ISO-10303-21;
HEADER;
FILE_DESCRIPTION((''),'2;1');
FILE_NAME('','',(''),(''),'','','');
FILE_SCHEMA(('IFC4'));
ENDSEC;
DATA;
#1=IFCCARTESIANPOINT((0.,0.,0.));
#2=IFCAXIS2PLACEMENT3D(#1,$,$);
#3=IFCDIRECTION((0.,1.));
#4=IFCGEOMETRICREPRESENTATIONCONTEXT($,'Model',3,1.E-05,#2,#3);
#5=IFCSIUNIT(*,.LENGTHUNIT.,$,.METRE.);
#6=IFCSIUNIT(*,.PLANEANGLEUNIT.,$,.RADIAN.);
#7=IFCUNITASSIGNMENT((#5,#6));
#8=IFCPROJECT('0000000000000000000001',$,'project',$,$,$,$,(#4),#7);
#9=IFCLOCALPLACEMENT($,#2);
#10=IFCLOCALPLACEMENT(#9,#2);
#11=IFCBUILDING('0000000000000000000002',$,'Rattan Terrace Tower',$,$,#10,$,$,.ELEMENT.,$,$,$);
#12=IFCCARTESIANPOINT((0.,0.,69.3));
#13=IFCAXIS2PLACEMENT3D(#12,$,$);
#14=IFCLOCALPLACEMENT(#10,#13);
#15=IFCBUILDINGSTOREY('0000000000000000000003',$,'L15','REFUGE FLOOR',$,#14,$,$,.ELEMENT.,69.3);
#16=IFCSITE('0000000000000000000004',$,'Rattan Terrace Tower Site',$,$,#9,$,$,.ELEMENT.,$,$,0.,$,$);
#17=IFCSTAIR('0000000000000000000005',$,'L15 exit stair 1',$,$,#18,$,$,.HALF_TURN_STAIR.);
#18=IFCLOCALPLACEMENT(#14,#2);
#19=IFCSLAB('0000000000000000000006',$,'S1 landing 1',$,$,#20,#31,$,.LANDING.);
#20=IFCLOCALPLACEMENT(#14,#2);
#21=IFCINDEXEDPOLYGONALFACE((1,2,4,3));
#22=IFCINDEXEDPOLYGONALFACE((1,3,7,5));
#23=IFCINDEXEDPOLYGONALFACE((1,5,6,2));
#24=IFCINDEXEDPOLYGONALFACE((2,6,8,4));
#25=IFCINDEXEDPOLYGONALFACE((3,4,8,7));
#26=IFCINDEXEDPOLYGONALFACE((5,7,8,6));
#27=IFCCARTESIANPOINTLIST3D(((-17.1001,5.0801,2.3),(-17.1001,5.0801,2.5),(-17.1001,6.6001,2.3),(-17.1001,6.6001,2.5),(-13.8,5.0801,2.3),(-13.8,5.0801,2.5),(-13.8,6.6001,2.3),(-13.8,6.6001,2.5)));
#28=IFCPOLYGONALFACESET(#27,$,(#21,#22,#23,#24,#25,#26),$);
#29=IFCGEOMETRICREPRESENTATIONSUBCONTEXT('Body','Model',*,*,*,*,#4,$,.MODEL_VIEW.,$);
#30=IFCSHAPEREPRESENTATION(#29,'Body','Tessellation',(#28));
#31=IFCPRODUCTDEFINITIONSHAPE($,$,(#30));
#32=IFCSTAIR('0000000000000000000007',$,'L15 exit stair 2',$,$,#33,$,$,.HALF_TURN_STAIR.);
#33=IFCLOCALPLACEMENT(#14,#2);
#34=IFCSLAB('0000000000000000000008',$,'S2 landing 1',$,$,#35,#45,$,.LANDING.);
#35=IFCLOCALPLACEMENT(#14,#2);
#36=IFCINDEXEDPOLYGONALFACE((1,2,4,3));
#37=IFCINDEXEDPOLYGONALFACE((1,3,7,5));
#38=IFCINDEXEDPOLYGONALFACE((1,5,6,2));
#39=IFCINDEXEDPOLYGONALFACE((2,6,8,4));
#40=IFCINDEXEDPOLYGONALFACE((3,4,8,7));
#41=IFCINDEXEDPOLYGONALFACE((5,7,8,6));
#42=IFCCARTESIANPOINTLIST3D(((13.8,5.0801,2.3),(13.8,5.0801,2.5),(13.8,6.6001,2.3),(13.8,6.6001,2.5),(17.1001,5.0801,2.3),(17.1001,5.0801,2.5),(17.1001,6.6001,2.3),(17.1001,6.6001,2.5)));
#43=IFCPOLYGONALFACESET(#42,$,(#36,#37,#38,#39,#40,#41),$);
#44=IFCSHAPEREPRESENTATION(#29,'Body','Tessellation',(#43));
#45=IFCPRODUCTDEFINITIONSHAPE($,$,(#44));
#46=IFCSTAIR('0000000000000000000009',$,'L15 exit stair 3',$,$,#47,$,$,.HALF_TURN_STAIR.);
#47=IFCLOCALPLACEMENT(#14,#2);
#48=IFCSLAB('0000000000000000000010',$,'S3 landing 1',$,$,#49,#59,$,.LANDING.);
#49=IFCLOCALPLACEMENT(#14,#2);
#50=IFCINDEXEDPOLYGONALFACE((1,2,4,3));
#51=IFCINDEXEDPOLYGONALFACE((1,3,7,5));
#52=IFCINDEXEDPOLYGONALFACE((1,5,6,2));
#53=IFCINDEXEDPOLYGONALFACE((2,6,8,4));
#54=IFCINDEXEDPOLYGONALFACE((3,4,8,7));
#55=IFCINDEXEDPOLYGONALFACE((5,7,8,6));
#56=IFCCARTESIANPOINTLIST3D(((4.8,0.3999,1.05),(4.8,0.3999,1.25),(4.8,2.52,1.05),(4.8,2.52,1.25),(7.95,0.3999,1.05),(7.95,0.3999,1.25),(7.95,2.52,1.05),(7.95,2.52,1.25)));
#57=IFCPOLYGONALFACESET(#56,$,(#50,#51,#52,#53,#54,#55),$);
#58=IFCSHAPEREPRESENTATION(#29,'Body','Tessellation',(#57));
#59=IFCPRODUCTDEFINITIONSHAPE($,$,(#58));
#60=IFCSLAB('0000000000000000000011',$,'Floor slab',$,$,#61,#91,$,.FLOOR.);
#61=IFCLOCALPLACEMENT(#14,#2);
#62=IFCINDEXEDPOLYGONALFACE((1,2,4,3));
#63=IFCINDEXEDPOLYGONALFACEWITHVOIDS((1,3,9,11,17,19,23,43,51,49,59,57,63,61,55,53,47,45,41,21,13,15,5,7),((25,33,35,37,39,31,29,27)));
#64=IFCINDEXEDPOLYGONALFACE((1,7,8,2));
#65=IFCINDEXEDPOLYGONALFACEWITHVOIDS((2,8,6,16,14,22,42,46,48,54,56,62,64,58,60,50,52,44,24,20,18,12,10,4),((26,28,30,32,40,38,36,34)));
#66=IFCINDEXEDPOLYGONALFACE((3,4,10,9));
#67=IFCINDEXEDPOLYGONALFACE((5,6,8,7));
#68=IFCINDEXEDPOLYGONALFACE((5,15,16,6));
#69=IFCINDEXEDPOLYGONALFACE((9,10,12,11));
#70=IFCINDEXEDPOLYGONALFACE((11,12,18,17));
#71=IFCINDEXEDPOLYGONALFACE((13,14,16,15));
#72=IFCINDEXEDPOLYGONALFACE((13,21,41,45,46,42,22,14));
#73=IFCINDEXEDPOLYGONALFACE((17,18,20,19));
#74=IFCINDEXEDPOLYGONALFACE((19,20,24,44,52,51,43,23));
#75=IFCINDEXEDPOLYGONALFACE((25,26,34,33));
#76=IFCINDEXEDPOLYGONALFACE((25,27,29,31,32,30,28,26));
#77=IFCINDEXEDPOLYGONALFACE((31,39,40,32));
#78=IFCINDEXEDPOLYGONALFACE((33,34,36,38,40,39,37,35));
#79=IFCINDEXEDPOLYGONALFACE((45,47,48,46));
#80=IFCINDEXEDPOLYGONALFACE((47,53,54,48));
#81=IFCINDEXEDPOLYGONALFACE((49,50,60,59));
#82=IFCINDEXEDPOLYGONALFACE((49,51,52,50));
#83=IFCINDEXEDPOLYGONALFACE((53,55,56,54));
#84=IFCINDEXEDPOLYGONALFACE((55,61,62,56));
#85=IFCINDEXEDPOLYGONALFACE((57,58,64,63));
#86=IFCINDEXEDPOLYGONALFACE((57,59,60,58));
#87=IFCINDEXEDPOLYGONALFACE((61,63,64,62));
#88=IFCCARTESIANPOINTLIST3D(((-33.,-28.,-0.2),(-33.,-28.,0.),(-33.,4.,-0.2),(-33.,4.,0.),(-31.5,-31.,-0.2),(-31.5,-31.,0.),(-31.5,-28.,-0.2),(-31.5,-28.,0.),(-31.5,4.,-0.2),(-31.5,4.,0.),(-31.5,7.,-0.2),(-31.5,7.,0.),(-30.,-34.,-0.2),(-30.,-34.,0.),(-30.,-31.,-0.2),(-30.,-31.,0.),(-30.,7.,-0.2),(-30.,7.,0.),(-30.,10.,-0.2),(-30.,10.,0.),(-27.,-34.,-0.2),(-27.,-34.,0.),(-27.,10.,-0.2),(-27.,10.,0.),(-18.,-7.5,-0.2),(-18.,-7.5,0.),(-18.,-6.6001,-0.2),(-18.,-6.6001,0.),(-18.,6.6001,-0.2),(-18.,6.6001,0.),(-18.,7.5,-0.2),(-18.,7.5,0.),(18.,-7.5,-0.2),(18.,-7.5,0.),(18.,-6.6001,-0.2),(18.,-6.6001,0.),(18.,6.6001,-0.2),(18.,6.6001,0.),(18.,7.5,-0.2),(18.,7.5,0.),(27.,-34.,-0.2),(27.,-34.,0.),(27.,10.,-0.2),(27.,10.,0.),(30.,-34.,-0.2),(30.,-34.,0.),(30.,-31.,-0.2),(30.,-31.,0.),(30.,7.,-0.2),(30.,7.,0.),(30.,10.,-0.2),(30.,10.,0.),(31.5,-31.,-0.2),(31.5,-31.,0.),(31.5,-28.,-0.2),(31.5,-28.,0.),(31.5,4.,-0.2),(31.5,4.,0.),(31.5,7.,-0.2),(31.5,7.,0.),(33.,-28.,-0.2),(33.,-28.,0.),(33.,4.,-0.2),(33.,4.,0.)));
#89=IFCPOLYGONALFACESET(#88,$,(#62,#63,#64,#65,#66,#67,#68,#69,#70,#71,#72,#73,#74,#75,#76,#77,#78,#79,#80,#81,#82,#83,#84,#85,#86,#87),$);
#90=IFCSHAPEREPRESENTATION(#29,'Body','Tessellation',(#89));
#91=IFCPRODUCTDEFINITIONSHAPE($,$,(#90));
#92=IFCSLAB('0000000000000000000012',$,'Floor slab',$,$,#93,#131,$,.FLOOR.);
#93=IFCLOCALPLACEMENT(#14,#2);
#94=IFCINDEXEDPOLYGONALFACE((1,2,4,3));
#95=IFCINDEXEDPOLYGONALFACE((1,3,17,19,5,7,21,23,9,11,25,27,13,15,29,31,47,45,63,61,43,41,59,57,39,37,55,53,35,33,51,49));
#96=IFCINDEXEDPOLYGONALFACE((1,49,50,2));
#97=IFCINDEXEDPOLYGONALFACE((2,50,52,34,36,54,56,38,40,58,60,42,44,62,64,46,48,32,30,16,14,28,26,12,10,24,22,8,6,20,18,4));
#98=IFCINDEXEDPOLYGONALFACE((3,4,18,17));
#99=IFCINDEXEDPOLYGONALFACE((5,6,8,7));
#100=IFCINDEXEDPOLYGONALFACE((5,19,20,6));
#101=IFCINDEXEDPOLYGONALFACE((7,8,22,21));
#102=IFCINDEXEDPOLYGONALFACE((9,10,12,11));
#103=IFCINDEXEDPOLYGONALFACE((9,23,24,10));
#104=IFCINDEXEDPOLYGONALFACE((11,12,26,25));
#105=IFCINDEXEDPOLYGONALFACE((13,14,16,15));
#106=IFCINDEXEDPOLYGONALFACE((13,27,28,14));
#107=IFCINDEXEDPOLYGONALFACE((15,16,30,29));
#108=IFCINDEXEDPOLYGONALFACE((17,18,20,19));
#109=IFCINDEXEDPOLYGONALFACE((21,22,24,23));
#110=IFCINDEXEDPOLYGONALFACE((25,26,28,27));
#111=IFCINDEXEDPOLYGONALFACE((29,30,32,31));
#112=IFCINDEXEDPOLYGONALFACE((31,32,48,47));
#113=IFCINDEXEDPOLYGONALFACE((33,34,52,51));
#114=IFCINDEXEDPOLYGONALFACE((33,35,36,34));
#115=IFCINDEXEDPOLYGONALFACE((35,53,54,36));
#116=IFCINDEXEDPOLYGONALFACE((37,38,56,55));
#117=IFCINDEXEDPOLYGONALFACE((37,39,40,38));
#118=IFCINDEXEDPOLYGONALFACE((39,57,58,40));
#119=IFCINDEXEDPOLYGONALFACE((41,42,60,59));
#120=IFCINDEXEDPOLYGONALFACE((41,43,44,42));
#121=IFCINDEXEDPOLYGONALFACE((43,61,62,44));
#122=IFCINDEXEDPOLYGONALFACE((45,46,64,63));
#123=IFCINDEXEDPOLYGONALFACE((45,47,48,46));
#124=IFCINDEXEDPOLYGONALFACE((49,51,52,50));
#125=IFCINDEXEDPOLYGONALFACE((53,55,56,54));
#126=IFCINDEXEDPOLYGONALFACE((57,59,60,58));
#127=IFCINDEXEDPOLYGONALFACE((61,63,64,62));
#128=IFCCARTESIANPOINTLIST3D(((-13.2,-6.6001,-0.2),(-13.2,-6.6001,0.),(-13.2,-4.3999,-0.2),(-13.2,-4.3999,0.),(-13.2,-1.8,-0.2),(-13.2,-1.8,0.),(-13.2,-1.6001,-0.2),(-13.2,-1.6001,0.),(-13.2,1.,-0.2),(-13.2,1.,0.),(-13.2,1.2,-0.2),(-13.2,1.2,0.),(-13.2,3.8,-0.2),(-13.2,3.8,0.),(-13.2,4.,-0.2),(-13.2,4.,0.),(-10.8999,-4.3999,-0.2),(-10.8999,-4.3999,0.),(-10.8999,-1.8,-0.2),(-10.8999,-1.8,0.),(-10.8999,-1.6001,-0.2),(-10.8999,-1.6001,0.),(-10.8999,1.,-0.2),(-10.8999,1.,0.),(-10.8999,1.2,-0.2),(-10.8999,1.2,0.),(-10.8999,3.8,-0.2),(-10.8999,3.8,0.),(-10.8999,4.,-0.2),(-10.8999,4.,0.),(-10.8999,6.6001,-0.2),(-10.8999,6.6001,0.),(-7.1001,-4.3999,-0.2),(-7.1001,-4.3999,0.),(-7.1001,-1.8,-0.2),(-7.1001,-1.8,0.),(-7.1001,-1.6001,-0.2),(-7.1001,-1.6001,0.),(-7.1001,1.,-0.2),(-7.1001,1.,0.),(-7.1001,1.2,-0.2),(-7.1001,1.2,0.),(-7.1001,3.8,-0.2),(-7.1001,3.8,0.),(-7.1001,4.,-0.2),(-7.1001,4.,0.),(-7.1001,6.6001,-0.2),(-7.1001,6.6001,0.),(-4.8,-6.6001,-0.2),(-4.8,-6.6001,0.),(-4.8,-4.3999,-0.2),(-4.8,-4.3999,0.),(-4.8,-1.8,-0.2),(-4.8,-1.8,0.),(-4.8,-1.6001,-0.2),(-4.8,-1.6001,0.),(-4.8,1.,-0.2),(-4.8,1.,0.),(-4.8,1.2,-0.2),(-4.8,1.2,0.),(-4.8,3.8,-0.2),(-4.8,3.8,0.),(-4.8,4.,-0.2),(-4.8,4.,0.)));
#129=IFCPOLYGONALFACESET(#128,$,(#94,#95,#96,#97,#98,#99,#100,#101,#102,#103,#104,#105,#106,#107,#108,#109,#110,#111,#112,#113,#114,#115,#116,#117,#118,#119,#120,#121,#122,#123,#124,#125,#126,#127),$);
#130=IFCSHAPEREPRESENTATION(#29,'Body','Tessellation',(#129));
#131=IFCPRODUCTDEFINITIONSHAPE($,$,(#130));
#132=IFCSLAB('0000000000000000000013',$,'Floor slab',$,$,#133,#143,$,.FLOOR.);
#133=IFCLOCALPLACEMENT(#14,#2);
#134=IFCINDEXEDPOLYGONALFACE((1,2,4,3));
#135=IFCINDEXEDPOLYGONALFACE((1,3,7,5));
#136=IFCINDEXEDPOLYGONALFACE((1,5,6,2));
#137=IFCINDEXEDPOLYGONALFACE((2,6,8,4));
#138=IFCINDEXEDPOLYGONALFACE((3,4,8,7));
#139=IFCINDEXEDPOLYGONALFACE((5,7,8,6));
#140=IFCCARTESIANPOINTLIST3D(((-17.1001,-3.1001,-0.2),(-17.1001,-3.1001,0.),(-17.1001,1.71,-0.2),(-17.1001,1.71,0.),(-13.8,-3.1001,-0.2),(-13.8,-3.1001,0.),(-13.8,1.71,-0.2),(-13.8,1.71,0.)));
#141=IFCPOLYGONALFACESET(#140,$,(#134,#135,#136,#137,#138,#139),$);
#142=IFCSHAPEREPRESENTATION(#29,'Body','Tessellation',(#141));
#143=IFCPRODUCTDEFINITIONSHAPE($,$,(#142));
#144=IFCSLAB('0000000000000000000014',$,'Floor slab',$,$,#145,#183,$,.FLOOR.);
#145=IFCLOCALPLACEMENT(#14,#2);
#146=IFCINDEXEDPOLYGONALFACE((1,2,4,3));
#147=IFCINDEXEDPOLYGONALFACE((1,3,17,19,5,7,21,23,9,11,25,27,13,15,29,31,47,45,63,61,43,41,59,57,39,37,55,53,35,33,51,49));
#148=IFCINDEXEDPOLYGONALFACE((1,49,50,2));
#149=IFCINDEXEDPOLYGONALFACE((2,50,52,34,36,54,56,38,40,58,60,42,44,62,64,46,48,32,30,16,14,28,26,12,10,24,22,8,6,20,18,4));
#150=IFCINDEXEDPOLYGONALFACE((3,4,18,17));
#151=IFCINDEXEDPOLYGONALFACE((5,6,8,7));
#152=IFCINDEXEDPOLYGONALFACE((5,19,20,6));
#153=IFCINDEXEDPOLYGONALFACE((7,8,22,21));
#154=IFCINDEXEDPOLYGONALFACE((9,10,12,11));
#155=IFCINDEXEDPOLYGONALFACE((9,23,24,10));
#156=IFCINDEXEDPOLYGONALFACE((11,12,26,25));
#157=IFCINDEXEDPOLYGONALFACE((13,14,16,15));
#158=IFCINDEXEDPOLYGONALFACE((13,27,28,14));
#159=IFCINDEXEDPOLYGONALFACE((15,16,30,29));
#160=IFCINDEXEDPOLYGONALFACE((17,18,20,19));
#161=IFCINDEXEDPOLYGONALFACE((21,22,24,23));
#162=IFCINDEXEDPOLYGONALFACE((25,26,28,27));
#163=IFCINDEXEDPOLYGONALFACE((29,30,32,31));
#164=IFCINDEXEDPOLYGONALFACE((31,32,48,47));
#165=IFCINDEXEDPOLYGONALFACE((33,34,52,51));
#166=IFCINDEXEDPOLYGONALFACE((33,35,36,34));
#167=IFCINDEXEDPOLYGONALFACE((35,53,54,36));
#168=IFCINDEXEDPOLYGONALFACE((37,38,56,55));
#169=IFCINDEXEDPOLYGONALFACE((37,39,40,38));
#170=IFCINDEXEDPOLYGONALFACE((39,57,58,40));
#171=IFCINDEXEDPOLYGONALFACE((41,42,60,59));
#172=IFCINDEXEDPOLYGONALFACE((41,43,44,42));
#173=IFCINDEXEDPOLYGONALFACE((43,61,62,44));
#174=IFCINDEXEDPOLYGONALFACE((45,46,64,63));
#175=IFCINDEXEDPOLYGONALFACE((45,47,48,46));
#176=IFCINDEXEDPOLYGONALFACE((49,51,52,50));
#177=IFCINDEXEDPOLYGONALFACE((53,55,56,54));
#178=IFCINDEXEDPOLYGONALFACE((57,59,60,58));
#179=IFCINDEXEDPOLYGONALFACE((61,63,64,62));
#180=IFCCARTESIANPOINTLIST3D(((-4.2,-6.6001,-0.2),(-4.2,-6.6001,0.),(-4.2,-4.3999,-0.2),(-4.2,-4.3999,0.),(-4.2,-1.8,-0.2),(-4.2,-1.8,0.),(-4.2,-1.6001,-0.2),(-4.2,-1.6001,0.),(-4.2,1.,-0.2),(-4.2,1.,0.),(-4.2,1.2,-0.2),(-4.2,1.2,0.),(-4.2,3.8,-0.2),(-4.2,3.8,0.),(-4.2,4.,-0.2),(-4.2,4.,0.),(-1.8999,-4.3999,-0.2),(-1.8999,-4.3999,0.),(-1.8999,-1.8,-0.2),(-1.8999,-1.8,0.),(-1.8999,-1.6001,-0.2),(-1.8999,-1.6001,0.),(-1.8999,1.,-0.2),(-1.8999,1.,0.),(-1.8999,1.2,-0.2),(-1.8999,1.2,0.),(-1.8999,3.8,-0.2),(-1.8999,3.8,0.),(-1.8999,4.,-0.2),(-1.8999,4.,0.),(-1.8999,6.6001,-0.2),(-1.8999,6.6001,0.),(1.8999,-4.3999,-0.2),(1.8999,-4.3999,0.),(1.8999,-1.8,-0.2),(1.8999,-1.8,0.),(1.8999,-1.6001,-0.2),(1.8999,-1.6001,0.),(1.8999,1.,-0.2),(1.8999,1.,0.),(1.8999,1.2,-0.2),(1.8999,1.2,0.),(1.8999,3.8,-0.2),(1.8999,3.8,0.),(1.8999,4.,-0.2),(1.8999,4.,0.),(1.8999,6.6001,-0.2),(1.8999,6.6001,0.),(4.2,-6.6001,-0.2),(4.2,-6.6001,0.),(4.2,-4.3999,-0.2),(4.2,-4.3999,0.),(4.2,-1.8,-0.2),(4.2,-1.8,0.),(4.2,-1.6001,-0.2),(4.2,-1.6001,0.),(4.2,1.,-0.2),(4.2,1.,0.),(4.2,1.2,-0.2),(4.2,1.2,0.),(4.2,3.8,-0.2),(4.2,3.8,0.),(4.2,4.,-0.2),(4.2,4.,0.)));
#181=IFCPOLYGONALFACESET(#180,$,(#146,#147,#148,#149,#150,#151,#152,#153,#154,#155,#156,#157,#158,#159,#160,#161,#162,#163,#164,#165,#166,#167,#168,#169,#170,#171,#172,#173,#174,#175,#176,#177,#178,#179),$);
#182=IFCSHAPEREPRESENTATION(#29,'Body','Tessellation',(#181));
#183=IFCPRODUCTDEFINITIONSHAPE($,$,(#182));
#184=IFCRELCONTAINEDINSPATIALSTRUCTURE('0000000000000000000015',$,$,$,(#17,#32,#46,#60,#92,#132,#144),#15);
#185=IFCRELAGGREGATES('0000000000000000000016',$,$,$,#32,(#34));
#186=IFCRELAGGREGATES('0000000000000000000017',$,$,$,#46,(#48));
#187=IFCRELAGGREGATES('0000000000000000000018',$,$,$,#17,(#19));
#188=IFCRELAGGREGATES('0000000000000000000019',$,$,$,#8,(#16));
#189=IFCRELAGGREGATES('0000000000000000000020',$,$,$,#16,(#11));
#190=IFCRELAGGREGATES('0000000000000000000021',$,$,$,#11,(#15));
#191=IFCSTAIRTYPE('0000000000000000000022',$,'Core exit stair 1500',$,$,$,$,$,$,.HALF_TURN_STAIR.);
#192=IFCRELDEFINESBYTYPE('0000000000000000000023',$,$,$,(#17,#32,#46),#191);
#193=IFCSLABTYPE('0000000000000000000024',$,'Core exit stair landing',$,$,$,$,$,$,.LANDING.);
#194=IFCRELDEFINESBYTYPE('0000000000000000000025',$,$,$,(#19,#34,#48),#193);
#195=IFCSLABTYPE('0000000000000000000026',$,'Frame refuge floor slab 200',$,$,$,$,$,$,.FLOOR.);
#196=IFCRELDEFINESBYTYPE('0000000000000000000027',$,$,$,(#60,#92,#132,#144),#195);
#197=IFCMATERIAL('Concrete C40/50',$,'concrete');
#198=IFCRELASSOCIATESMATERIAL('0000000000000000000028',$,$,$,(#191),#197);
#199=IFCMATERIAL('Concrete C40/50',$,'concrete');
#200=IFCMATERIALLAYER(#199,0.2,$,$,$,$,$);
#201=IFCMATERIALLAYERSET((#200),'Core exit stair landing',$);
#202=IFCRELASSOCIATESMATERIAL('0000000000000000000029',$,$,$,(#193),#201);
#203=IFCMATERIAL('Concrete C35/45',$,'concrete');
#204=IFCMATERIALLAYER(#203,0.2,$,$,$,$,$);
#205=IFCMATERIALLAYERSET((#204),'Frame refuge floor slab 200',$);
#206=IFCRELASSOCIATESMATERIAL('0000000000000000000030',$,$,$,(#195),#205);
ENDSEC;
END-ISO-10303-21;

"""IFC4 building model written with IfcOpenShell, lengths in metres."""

from ifc_helpers import new_model, si_unit, direction, frame, origin, place, context, subcontext, project, spatial, polyline, outline, extrude, material, layer, layer_set, type_object, element, aggregate, save


model = new_model("IFC4")

# Units and contexts
model_context = context("Model", 3, precision=1e-05, world=origin(), true_north=direction((0.0, 1.0)))
body_context = subcontext(model_context, "Body", "Model", "MODEL_VIEW")
ifc_project = project(units=[si_unit("LENGTHUNIT", "METRE"), si_unit("PLANEANGLEUNIT", "RADIAN")], contexts=[model_context])

# Site, building, storey
site_placement = place(None, origin())
site = spatial("IfcSite", under=ifc_project, at=site_placement, Name="Rattan Terrace Tower Site", CompositionType="ELEMENT", RefElevation=0.0)
building_placement = place(site_placement, origin())
building = spatial("IfcBuilding", under=site, at=building_placement, Name="Rattan Terrace Tower", CompositionType="ELEMENT")
storey_placement = place(building_placement, frame((0.0, 0.0, 69.3)))
storey = spatial("IfcBuildingStorey", under=building, at=storey_placement, Name="L15", Description="REFUGE FLOOR", CompositionType="ELEMENT", Elevation=69.3)

# Stairs, slabs
ifc_material_1 = material(Name="Concrete C40/50", Category="concrete")
stair_type = type_object("IfcStairType", Name="Core exit stair 1500", PredefinedType="HALF_TURN_STAIR", material=ifc_material_1)
stair_1_placement = place(storey_placement, origin())
stair_1 = element("IfcStair", 1, at=stair_1_placement, inside=storey, type_object=stair_type, Name="L15 exit stair 1", PredefinedType="HALF_TURN_STAIR")
ifc_material_2 = material(Name="Concrete C40/50", Category="concrete")
ifc_layer_1 = layer(ifc_material_2, 0.2)
ifc_layer_set_1 = layer_set([ifc_layer_1], Name="Core exit stair landing")
slab_type_1 = type_object("IfcSlabType", Name="Core exit stair landing", PredefinedType="LANDING", material=ifc_layer_set_1)
slab_1_placement = place(storey_placement, frame((0.0, 0.0, 2.3)))
slab_1 = element("IfcSlab", 2, at=slab_1_placement, type_object=slab_type_1, Name="S1 landing 1", PredefinedType="LANDING", context=body_context, shape_type="SweptSolid", body=[
    extrude(outline(polyline([(-13.8, 5.0801), (-13.8, 6.6001), (-17.1001, 6.6001), (-17.1001, 5.0801), (-13.8, 5.0801)])), origin(), (0.0, 0.0, 1.0), 0.2),
])
stair_2_placement = place(storey_placement, origin())
stair_2 = element("IfcStair", 3, at=stair_2_placement, inside=storey, type_object=stair_type, Name="L15 exit stair 2", PredefinedType="HALF_TURN_STAIR")
slab_2_placement = place(storey_placement, frame((0.0, 0.0, 2.3)))
slab_2 = element("IfcSlab", 4, at=slab_2_placement, type_object=slab_type_1, Name="S2 landing 1", PredefinedType="LANDING", context=body_context, shape_type="SweptSolid", body=[
    extrude(outline(polyline([(17.1001, 5.0801), (17.1001, 6.6001), (13.8, 6.6001), (13.8, 5.0801), (17.1001, 5.0801)])), origin(), (0.0, 0.0, 1.0), 0.2),
])
aggregate(stair_2, [slab_2])
stair_3_placement = place(storey_placement, origin())
stair_3 = element("IfcStair", 5, at=stair_3_placement, inside=storey, type_object=stair_type, Name="L15 exit stair 3", PredefinedType="HALF_TURN_STAIR")
slab_3_placement = place(storey_placement, frame((0.0, 0.0, 1.05)))
slab_3 = element("IfcSlab", 6, at=slab_3_placement, type_object=slab_type_1, Name="S3 landing 1", PredefinedType="LANDING", context=body_context, shape_type="SweptSolid", body=[
    extrude(outline(polyline([(4.8, 2.52), (4.8, 0.3999), (7.95, 0.3999), (7.95, 2.52), (4.8, 2.52)])), origin(), (0.0, 0.0, 1.0), 0.2),
])
aggregate(stair_3, [slab_3])

# Slabs
ifc_material_3 = material(Name="Concrete C35/45", Category="concrete")
ifc_layer_2 = layer(ifc_material_3, 0.2)
ifc_layer_set_2 = layer_set([ifc_layer_2], Name="Frame refuge floor slab 200")
slab_type_2 = type_object("IfcSlabType", Name="Frame refuge floor slab 200", PredefinedType="FLOOR", material=ifc_layer_set_2)
slab_4_placement = place(storey_placement, frame((0.0, 0.0, -0.2)))
element("IfcSlab", 7, at=slab_4_placement, inside=storey, type_object=slab_type_2, Name="Floor slab", PredefinedType="FLOOR", context=body_context, shape_type="SweptSolid", body=[
    extrude(outline(polyline([(-27.0, -34.0), (27.0, -34.0), (30.0, -34.0), (30.0, -31.0), (31.5, -31.0), (31.5, -28.0), (33.0, -28.0), (33.0, 4.0), (31.5, 4.0), (31.5, 7.0), (30.0, 7.0), (30.0, 10.0), (27.0, 10.0), (-27.0, 10.0), (-30.0, 10.0), (-30.0, 7.0), (-31.5, 7.0), (-31.5, 4.0), (-33.0, 4.0), (-33.0, -28.0), (-31.5, -28.0), (-31.5, -31.0), (-30.0, -31.0), (-30.0, -34.0), (-27.0, -34.0)]), holes=[polyline([(-18.0, -6.6001), (-18.0, -7.5), (18.0, -7.5), (18.0, -6.6001), (18.0, 6.6001), (18.0, 7.5), (-18.0, 7.5), (-18.0, 6.6001), (-18.0, -6.6001)])]), origin(), (0.0, 0.0, 1.0), 0.2),
])
slab_5_placement = place(storey_placement, frame((0.0, 0.0, -0.2)))
element("IfcSlab", 8, at=slab_5_placement, inside=storey, type_object=slab_type_2, Name="Floor slab", PredefinedType="FLOOR", context=body_context, shape_type="SweptSolid", body=[
    extrude(outline(polyline([(-10.8999, 6.6001), (-10.8999, 4.0), (-13.2, 4.0), (-13.2, 3.8), (-10.8999, 3.8), (-10.8999, 1.2), (-13.2, 1.2), (-13.2, 1.0), (-10.8999, 1.0), (-10.8999, -1.6001), (-13.2, -1.6001), (-13.2, -1.8), (-10.8999, -1.8), (-10.8999, -4.3999), (-13.2, -4.3999), (-13.2, -6.6001), (-4.8, -6.6001), (-4.8, -4.3999), (-7.1001, -4.3999), (-7.1001, -1.8), (-4.8, -1.8), (-4.8, -1.6001), (-7.1001, -1.6001), (-7.1001, 1.0), (-4.8, 1.0), (-4.8, 1.2), (-7.1001, 1.2), (-7.1001, 3.8), (-4.8, 3.8), (-4.8, 4.0), (-7.1001, 4.0), (-7.1001, 6.6001), (-10.8999, 6.6001)])), origin(), (0.0, 0.0, 1.0), 0.2),
])
slab_6_placement = place(storey_placement, frame((0.0, 0.0, -0.2)))
element("IfcSlab", 9, at=slab_6_placement, inside=storey, type_object=slab_type_2, Name="Floor slab", PredefinedType="FLOOR", context=body_context, shape_type="SweptSolid", body=[
    extrude(outline(polyline([(-17.1001, -3.1001), (-13.8, -3.1001), (-13.8, 1.71), (-17.1001, 1.71), (-17.1001, -3.1001)])), origin(), (0.0, 0.0, 1.0), 0.2),
])
slab_7_placement = place(storey_placement, frame((0.0, 0.0, -0.2)))
element("IfcSlab", 10, at=slab_7_placement, inside=storey, type_object=slab_type_2, Name="Floor slab", PredefinedType="FLOOR", context=body_context, shape_type="SweptSolid", body=[
    extrude(outline(polyline([(-4.2, 4.0), (-4.2, 3.8), (-1.8999, 3.8), (-1.8999, 1.2), (-4.2, 1.2), (-4.2, 1.0), (-1.8999, 1.0), (-1.8999, -1.6001), (-4.2, -1.6001), (-4.2, -1.8), (-1.8999, -1.8), (-1.8999, -4.3999), (-4.2, -4.3999), (-4.2, -6.6001), (4.2, -6.6001), (4.2, -4.3999), (1.8999, -4.3999), (1.8999, -1.8), (4.2, -1.8), (4.2, -1.6001), (1.8999, -1.6001), (1.8999, 1.0), (4.2, 1.0), (4.2, 1.2), (1.8999, 1.2), (1.8999, 3.8), (4.2, 3.8), (4.2, 4.0), (1.8999, 4.0), (1.8999, 6.6001), (-1.8999, 6.6001), (-1.8999, 4.0), (-4.2, 4.0)])), origin(), (0.0, 0.0, 1.0), 0.2),
])

aggregate(stair_1, [slab_1])

save(model, "model.ifc")
